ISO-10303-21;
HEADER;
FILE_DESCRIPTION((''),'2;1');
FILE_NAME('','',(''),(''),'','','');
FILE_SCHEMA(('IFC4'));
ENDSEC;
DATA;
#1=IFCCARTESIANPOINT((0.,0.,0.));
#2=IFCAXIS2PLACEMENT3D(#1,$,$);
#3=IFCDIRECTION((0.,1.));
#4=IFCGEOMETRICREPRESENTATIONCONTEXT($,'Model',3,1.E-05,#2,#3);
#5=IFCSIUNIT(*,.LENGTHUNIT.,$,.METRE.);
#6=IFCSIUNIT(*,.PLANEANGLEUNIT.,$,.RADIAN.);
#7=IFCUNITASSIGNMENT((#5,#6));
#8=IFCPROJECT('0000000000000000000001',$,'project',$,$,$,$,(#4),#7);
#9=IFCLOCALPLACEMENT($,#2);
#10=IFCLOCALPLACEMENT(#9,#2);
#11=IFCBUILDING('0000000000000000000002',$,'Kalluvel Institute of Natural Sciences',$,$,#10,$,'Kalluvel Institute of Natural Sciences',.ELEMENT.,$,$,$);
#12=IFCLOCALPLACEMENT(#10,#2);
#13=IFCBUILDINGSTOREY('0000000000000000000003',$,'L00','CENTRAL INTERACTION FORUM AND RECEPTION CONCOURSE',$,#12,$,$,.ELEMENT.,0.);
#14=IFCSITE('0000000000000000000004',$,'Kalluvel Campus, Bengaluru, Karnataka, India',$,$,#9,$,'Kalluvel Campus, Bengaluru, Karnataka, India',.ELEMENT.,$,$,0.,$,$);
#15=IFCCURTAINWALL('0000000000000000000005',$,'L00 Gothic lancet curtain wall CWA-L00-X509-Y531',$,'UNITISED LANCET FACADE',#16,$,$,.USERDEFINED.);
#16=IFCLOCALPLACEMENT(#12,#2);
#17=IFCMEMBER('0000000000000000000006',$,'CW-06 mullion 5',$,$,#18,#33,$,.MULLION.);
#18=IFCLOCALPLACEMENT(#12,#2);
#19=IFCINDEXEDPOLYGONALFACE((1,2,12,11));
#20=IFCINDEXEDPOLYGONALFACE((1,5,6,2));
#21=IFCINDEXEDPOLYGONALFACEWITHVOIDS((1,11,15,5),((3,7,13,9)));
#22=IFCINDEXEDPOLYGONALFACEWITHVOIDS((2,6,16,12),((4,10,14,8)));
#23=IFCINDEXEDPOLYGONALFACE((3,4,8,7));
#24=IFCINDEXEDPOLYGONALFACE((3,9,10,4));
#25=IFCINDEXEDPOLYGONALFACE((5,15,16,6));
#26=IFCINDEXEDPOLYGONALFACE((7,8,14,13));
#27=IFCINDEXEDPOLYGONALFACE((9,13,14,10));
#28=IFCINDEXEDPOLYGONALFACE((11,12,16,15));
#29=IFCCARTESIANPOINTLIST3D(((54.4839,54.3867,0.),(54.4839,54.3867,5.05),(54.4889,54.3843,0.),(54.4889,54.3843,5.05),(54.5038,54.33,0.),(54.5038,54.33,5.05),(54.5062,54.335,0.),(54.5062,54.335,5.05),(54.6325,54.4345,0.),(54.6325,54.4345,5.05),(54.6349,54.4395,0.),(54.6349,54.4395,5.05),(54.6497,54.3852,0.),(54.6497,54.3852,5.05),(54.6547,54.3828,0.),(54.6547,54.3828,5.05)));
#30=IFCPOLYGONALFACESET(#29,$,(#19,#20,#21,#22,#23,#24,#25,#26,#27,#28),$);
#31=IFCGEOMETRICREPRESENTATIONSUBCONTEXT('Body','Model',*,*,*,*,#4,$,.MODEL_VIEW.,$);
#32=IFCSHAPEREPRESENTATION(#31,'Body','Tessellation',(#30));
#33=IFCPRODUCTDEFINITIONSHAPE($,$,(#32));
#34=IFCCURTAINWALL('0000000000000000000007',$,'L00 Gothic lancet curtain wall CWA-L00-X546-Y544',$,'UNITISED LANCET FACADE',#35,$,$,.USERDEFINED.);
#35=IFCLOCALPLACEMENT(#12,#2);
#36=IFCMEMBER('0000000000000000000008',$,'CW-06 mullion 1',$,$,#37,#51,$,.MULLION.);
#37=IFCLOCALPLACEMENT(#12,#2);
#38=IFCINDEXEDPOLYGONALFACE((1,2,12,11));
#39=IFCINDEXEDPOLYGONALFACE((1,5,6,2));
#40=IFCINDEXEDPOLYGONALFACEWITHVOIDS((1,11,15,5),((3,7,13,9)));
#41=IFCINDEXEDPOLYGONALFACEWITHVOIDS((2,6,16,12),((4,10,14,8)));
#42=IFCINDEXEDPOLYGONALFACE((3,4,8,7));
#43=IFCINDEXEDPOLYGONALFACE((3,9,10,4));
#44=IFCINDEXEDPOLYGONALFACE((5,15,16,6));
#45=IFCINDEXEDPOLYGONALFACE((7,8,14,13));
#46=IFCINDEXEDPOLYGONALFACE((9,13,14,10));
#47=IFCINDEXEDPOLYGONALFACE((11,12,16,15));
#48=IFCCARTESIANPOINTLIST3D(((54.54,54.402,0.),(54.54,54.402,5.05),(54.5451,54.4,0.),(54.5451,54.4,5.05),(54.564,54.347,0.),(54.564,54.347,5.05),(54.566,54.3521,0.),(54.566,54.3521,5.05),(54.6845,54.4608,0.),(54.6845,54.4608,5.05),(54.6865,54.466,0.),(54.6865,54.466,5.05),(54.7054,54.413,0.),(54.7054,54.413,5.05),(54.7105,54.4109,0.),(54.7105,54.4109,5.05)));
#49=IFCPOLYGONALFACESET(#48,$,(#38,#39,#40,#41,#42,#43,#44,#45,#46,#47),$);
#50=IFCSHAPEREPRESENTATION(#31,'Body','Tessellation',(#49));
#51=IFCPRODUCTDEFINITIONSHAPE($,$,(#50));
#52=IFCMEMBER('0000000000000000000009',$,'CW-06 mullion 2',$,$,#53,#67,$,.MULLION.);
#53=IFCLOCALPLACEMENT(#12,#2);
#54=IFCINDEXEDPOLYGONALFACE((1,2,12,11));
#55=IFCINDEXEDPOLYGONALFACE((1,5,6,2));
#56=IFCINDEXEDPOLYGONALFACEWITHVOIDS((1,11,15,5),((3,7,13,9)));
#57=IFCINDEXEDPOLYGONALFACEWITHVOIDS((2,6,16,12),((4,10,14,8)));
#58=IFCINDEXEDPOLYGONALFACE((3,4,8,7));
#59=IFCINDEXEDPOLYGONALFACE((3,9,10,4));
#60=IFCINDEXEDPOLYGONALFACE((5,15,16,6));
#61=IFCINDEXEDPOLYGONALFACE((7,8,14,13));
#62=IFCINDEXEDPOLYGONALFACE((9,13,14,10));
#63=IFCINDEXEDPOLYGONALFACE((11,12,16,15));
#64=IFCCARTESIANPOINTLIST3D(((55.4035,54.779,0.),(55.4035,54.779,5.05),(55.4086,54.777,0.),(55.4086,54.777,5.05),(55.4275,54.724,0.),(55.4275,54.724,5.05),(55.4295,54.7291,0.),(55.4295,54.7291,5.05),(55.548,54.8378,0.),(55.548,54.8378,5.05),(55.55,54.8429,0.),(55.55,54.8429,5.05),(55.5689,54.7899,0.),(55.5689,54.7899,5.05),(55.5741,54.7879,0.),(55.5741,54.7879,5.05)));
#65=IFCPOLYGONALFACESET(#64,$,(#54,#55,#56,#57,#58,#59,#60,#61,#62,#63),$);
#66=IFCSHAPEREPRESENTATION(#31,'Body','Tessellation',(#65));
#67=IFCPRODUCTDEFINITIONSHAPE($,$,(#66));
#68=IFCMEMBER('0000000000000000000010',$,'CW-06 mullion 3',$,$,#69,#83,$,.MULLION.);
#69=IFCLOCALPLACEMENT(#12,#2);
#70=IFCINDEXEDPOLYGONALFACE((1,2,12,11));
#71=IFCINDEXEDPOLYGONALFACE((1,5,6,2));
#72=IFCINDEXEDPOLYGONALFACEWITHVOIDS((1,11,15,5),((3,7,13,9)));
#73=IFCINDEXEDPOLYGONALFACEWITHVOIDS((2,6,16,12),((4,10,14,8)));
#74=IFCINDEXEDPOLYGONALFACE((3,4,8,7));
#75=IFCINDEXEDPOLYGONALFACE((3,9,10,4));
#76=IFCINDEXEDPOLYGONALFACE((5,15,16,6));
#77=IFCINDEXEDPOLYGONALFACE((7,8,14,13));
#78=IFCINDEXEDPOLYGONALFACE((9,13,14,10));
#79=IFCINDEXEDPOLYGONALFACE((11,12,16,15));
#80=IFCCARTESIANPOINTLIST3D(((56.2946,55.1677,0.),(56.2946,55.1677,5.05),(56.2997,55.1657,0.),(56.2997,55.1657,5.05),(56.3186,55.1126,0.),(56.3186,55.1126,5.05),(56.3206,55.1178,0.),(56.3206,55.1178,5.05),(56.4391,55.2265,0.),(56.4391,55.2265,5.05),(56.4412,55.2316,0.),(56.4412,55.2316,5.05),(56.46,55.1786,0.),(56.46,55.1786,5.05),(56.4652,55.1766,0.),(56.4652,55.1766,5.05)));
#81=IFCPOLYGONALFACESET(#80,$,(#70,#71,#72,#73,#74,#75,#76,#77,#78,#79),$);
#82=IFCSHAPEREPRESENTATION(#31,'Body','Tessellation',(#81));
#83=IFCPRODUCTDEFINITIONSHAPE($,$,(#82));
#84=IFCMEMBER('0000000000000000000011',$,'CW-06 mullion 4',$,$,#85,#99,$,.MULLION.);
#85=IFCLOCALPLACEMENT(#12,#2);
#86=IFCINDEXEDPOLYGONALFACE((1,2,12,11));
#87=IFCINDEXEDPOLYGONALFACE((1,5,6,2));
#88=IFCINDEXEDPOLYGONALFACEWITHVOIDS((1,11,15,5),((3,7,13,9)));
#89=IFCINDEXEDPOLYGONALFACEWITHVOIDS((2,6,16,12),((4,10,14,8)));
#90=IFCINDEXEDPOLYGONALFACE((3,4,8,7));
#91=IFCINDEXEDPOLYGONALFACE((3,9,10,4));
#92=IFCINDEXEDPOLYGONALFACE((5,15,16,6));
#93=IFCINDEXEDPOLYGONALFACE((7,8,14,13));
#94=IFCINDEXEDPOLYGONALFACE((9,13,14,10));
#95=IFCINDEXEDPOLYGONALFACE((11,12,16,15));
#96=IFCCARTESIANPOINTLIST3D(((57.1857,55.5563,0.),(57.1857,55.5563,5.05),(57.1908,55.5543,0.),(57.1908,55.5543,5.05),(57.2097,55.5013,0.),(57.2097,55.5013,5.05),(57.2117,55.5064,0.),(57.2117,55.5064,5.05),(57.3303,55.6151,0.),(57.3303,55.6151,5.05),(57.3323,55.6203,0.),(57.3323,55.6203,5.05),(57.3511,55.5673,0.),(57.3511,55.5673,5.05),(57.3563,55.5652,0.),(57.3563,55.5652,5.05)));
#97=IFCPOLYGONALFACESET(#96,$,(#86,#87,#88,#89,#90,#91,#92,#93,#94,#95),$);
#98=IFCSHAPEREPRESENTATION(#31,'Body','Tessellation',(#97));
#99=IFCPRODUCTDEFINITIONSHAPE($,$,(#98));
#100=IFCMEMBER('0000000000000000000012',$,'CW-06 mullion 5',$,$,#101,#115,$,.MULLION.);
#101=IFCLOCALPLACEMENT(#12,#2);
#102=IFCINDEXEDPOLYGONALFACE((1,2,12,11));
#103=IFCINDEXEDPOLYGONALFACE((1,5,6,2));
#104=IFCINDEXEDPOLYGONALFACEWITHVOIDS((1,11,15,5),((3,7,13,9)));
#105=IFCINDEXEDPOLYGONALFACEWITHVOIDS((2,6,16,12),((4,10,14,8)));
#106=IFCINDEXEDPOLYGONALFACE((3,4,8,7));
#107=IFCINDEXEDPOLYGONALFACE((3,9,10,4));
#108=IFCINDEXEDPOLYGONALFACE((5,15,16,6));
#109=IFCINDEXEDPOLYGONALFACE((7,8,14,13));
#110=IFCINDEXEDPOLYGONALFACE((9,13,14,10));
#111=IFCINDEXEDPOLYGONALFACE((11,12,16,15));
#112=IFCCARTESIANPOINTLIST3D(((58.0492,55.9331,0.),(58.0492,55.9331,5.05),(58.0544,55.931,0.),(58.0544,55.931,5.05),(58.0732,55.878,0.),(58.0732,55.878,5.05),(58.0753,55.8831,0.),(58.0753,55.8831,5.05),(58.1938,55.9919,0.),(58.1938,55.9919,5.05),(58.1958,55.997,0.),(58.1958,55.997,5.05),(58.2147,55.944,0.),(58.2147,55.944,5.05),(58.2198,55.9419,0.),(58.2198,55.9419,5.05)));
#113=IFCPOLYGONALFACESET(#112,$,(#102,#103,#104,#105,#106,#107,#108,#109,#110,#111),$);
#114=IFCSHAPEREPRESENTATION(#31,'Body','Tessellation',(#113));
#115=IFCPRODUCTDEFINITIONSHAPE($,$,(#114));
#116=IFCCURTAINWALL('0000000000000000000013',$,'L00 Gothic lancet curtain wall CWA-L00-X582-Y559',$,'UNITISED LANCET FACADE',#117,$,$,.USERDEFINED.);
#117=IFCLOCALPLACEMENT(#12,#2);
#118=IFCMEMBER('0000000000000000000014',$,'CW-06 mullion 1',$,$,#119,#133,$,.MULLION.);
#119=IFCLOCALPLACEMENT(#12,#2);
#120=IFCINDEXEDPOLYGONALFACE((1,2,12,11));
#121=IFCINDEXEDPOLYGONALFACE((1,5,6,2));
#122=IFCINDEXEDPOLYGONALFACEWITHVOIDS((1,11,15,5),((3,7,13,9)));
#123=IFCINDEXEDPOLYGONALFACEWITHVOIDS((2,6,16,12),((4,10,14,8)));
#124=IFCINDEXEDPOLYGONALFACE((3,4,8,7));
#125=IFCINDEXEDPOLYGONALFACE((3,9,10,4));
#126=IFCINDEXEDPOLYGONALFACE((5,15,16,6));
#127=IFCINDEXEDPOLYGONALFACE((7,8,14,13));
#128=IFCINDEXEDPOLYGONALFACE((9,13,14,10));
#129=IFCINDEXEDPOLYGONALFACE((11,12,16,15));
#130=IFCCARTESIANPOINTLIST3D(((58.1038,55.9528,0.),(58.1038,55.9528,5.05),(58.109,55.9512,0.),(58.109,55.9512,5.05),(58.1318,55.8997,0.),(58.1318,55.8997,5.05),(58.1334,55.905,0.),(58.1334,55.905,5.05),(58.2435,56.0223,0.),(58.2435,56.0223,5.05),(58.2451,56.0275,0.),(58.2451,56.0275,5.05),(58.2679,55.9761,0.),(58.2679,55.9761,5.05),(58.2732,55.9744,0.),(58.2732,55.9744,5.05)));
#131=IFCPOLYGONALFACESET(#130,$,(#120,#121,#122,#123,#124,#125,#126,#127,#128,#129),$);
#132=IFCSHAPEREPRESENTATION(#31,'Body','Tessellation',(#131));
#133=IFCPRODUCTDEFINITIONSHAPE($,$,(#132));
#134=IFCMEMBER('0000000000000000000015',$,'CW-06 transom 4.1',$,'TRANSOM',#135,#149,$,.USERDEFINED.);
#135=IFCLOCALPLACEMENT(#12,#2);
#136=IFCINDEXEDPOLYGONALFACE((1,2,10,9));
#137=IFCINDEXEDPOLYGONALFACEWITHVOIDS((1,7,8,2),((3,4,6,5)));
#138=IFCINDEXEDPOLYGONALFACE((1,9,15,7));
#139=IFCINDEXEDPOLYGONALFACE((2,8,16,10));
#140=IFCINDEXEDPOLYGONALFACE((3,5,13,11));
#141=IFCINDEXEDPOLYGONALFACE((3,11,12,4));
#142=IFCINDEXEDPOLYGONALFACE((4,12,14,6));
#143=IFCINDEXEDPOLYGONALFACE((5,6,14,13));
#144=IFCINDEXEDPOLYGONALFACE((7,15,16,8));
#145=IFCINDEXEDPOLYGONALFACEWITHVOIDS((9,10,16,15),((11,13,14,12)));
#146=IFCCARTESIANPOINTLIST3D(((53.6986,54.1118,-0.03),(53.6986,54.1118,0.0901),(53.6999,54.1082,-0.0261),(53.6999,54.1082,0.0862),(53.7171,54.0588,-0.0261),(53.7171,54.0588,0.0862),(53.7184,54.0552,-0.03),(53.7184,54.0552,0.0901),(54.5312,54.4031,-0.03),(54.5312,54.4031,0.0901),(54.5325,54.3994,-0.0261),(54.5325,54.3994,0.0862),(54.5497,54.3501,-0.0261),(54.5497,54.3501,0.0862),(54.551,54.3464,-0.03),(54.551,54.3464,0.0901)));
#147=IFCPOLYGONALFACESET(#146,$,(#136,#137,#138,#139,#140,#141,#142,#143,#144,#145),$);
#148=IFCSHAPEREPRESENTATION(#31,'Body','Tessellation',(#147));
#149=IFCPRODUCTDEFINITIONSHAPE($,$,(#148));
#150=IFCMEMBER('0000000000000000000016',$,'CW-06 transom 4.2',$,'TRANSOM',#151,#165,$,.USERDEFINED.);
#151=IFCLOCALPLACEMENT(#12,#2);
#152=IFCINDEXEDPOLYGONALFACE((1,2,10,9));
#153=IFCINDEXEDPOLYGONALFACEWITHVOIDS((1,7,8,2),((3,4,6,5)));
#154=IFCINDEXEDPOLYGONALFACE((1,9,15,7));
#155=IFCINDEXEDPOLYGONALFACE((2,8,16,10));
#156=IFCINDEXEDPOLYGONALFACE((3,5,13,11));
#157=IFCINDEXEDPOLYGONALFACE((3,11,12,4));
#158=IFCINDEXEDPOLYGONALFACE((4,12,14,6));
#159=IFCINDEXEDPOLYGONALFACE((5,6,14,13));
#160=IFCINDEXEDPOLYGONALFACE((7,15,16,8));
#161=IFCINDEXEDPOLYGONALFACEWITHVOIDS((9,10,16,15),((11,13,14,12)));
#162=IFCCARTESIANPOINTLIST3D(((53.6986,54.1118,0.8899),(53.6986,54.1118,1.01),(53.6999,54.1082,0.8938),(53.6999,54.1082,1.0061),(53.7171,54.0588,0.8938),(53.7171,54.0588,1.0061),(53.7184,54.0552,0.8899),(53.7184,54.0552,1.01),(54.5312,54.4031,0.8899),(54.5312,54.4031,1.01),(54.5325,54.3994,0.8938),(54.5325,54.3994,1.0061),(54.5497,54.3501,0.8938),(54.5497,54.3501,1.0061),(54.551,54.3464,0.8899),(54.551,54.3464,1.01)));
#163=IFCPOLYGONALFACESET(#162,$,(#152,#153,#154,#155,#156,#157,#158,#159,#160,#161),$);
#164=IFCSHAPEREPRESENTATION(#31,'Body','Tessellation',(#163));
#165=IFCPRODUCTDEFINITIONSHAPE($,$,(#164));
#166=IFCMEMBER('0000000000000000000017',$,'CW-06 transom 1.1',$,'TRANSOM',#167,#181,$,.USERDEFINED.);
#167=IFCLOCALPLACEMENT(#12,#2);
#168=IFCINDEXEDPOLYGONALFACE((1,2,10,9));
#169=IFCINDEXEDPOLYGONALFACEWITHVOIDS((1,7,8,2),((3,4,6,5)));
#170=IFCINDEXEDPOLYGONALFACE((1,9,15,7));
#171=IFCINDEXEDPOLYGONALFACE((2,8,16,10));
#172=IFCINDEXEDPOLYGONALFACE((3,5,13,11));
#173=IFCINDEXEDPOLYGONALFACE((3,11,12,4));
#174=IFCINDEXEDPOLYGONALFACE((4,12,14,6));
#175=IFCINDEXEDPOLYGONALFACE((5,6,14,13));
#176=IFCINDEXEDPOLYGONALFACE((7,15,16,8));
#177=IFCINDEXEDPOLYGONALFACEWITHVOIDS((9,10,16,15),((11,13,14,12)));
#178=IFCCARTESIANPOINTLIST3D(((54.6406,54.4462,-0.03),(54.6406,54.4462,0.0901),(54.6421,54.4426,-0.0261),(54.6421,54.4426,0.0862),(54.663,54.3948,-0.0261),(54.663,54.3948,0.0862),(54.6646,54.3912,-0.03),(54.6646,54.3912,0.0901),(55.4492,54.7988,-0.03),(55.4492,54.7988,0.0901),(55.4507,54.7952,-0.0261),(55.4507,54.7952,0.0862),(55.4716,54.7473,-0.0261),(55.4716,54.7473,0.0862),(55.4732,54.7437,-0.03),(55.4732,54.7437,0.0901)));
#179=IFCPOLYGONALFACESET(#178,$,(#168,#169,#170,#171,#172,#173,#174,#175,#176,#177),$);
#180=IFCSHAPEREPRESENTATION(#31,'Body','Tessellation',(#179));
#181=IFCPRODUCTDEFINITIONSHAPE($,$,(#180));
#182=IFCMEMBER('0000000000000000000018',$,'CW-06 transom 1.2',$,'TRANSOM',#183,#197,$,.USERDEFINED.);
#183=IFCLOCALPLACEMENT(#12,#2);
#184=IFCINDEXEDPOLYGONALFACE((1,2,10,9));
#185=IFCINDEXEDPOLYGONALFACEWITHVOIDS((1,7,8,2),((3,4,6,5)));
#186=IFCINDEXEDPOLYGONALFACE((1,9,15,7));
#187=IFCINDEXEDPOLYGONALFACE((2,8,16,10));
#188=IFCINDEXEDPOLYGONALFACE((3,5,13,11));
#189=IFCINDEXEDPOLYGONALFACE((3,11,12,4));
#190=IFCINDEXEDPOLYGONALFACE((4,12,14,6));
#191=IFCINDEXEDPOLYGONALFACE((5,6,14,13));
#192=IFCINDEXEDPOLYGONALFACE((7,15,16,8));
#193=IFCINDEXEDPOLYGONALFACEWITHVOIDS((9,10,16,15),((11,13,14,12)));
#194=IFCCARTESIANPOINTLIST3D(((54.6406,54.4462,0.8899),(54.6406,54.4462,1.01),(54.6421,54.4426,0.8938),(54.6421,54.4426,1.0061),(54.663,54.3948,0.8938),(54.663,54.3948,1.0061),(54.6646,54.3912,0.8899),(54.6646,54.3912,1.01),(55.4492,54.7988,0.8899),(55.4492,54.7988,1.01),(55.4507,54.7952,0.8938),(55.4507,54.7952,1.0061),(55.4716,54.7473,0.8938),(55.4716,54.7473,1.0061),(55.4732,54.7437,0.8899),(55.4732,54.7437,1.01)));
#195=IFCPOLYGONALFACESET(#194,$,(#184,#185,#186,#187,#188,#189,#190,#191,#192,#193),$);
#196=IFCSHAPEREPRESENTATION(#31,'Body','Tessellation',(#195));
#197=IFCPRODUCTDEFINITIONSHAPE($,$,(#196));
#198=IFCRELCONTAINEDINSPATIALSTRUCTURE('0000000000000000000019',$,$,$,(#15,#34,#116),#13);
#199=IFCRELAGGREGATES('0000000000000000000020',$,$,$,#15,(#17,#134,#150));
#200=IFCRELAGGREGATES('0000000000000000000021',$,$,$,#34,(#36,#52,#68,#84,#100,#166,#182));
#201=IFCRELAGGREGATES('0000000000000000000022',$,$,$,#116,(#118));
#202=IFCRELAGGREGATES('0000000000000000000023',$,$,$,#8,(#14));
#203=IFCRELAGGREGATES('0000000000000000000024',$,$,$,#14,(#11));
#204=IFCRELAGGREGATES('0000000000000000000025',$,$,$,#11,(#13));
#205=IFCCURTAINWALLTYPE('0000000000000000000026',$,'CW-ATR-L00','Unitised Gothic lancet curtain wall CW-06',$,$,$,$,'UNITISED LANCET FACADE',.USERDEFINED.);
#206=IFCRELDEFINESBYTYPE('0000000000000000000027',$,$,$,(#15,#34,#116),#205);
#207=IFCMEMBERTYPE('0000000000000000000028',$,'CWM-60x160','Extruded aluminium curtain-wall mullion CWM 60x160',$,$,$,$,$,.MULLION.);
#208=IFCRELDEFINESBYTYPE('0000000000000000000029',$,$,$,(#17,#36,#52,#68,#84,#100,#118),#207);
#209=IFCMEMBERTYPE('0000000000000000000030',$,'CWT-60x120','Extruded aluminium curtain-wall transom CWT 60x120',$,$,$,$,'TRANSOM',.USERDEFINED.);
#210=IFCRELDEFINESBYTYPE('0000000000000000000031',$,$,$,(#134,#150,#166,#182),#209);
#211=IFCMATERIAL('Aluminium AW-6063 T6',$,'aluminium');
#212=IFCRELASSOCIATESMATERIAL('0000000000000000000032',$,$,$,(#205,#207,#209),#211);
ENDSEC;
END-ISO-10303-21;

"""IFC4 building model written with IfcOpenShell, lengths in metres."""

from ifc_helpers import new_model, si_unit, direction, frame, origin, origin_2d, place, context, subcontext, project, spatial, hollow_rectangle, extrude, material, material_profile, profile_set, type_object, element, aggregate, save


model = new_model("IFC4")

# Units and contexts
model_context = context("Model", 3, precision=1e-05, world=origin(), true_north=direction((0.0, 1.0)))
body_context = subcontext(model_context, "Body", "Model", "MODEL_VIEW")
ifc_project = project(units=[si_unit("LENGTHUNIT", "METRE"), si_unit("PLANEANGLEUNIT", "RADIAN")], contexts=[model_context])

# Site, building, storey
site_placement = place(None, origin())
site = spatial("IfcSite", under=ifc_project, at=site_placement, Name="Kalluvel Campus, Bengaluru, Karnataka, India", LongName="Kalluvel Campus, Bengaluru, Karnataka, India", CompositionType="ELEMENT", RefElevation=0.0)
building_placement = place(site_placement, origin())
building = spatial("IfcBuilding", under=site, at=building_placement, Name="Kalluvel Institute of Natural Sciences", LongName="Kalluvel Institute of Natural Sciences", CompositionType="ELEMENT")
storey_placement = place(building_placement, origin())
storey = spatial("IfcBuildingStorey", under=building, at=storey_placement, Name="L00", Description="CENTRAL INTERACTION FORUM AND RECEPTION CONCOURSE", CompositionType="ELEMENT", Elevation=0.0)

# Curtain wall, member
ifc_material_1 = material(Name="Aluminium AW-6063 T6", Category="aluminium")
curtain_wall_type = type_object("IfcCurtainWallType", Name="CW-ATR-L00", Description="Unitised Gothic lancet curtain wall CW-06", ElementType="UNITISED LANCET FACADE", PredefinedType="USERDEFINED", material=ifc_material_1)
curtain_wall_1_placement = place(storey_placement, origin())
curtain_wall_1 = element("IfcCurtainWall", 1, at=curtain_wall_1_placement, inside=storey, type_object=curtain_wall_type, Name="L00 Gothic lancet curtain wall CWA-L00-X509-Y531", ObjectType="UNITISED LANCET FACADE", PredefinedType="USERDEFINED")
ifc_material_profile_1 = material_profile(ifc_material_1, hollow_rectangle(XDim=0.0601, YDim=0.1599, WallThickness=0.0039, at=origin_2d()), Name="CWM 60x160")
ifc_profile_set_1 = profile_set([ifc_material_profile_1], Name="Aluminium AW-6063 T6")
member_type_1 = type_object("IfcMemberType", Name="CWM-60x160", Description="Extruded aluminium curtain-wall mullion CWM 60x160", PredefinedType="MULLION", material=ifc_profile_set_1)
member_1_placement = place(storey_placement, frame((54.5693, 54.3848, 0.0), z_axis=(0.0, 0.0, 1.0), x_axis=(-0.330295, 0.943878, 0.0)))
member_1 = element("IfcMember", 2, at=member_1_placement, type_object=member_type_1, Name="CW-06 mullion 5", PredefinedType="MULLION", context=body_context, shape_type="SweptSolid", body=[
    extrude(hollow_rectangle(XDim=0.0601, YDim=0.1599, WallThickness=0.0039, at=origin_2d()), origin(), (0.0, 0.0, 1.0), 5.05),
])

# Curtain wall, members
curtain_wall_2_placement = place(storey_placement, origin())
curtain_wall_2 = element("IfcCurtainWall", 3, at=curtain_wall_2_placement, inside=storey, type_object=curtain_wall_type, Name="L00 Gothic lancet curtain wall CWA-L00-X546-Y544", ObjectType="UNITISED LANCET FACADE", PredefinedType="USERDEFINED")
member_2_placement = place(storey_placement, frame((54.6252, 54.4065, 0.0), z_axis=(0.0, 0.0, 1.0), x_axis=(-0.399873, 0.916571, 0.0)))
member_2 = element("IfcMember", 4, at=member_2_placement, type_object=member_type_1, Name="CW-06 mullion 1", PredefinedType="MULLION", context=body_context, shape_type="SweptSolid", body=[
    extrude(hollow_rectangle(XDim=0.0601, YDim=0.1599, WallThickness=0.0039, at=origin_2d()), origin(), (0.0, 0.0, 1.0), 5.05),
])
member_3_placement = place(storey_placement, frame((55.4888, 54.7834, 0.0), z_axis=(0.0, 0.0, 1.0), x_axis=(-0.399873, 0.916571, 0.0)))
member_3 = element("IfcMember", 5, at=member_3_placement, type_object=member_type_1, Name="CW-06 mullion 2", PredefinedType="MULLION", context=body_context, shape_type="SweptSolid", body=[
    extrude(hollow_rectangle(XDim=0.0601, YDim=0.1599, WallThickness=0.0039, at=origin_2d()), origin(), (0.0, 0.0, 1.0), 5.05),
])
member_4_placement = place(storey_placement, frame((56.3799, 55.1721, 0.0), z_axis=(0.0, 0.0, 1.0), x_axis=(-0.399873, 0.916571, 0.0)))
member_4 = element("IfcMember", 6, at=member_4_placement, type_object=member_type_1, Name="CW-06 mullion 3", PredefinedType="MULLION", context=body_context, shape_type="SweptSolid", body=[
    extrude(hollow_rectangle(XDim=0.0601, YDim=0.1599, WallThickness=0.0039, at=origin_2d()), origin(), (0.0, 0.0, 1.0), 5.05),
])
member_5_placement = place(storey_placement, frame((57.271, 55.5608, 0.0), z_axis=(0.0, 0.0, 1.0), x_axis=(-0.399873, 0.916571, 0.0)))
member_5 = element("IfcMember", 7, at=member_5_placement, type_object=member_type_1, Name="CW-06 mullion 4", PredefinedType="MULLION", context=body_context, shape_type="SweptSolid", body=[
    extrude(hollow_rectangle(XDim=0.0601, YDim=0.1599, WallThickness=0.0039, at=origin_2d()), origin(), (0.0, 0.0, 1.0), 5.05),
])
member_6_placement = place(storey_placement, frame((58.1345, 55.9375, 0.0), z_axis=(0.0, 0.0, 1.0), x_axis=(-0.399873, 0.916571, 0.0)))
member_6 = element("IfcMember", 8, at=member_6_placement, type_object=member_type_1, Name="CW-06 mullion 5", PredefinedType="MULLION", context=body_context, shape_type="SweptSolid", body=[
    extrude(hollow_rectangle(XDim=0.0601, YDim=0.1599, WallThickness=0.0039, at=origin_2d()), origin(), (0.0, 0.0, 1.0), 5.05),
])

# Curtain wall, member
curtain_wall_3_placement = place(storey_placement, origin())
curtain_wall_3 = element("IfcCurtainWall", 9, at=curtain_wall_3_placement, inside=storey, type_object=curtain_wall_type, Name="L00 Gothic lancet curtain wall CWA-L00-X582-Y559", ObjectType="UNITISED LANCET FACADE", PredefinedType="USERDEFINED")
member_7_placement = place(storey_placement, frame((58.1885, 55.9636, 0.0), z_axis=(0.0, 0.0, 1.0), x_axis=(-0.467281, 0.884109, 0.0)))
member_7 = element("IfcMember", 10, at=member_7_placement, type_object=member_type_1, Name="CW-06 mullion 1", PredefinedType="MULLION", context=body_context, shape_type="SweptSolid", body=[
    extrude(hollow_rectangle(XDim=0.0601, YDim=0.1599, WallThickness=0.0039, at=origin_2d()), origin(), (0.0, 0.0, 1.0), 5.05),
])

# Members
ifc_material_profile_2 = material_profile(ifc_material_1, hollow_rectangle(XDim=0.0601, YDim=0.1201, WallThickness=0.0039, at=origin_2d()), Name="CWT 60x120")
ifc_profile_set_2 = profile_set([ifc_material_profile_2], Name="Aluminium AW-6063 T6")
member_type_2 = type_object("IfcMemberType", Name="CWT-60x120", Description="Extruded aluminium curtain-wall transom CWT 60x120", ElementType="TRANSOM", PredefinedType="USERDEFINED", material=ifc_profile_set_2)
member_8_placement = place(storey_placement, frame((53.7085, 54.0835, 0.03), z_axis=(0.943902, 0.330227, 0.0), x_axis=(-0.330227, 0.943902, 0.0)))
member_8 = element("IfcMember", 11, at=member_8_placement, type_object=member_type_2, Name="CW-06 transom 4.1", ObjectType="TRANSOM", PredefinedType="USERDEFINED", context=body_context, shape_type="SweptSolid", body=[
    extrude(hollow_rectangle(XDim=0.0601, YDim=0.1201, WallThickness=0.0039, at=origin_2d()), origin(), (0.0, 0.0, 1.0), 0.8821),
])
member_9_placement = place(storey_placement, frame((53.7085, 54.0835, 0.95), z_axis=(0.943902, 0.330227, 0.0), x_axis=(-0.330227, 0.943902, 0.0)))
member_9 = element("IfcMember", 12, at=member_9_placement, type_object=member_type_2, Name="CW-06 transom 4.2", ObjectType="TRANSOM", PredefinedType="USERDEFINED", context=body_context, shape_type="SweptSolid", body=[
    extrude(hollow_rectangle(XDim=0.0601, YDim=0.1201, WallThickness=0.0039, at=origin_2d()), origin(), (0.0, 0.0, 1.0), 0.8821),
])
member_10_placement = place(storey_placement, frame((54.6526, 54.4187, 0.03), z_axis=(0.916665, 0.399657, 0.0), x_axis=(-0.399657, 0.916665, 0.0)))
member_10 = element("IfcMember", 13, at=member_10_placement, type_object=member_type_2, Name="CW-06 transom 1.1", ObjectType="TRANSOM", PredefinedType="USERDEFINED", context=body_context, shape_type="SweptSolid", body=[
    extrude(hollow_rectangle(XDim=0.0601, YDim=0.1201, WallThickness=0.0039, at=origin_2d()), origin(), (0.0, 0.0, 1.0), 0.8821),
])
member_11_placement = place(storey_placement, frame((54.6526, 54.4187, 0.95), z_axis=(0.916665, 0.399657, 0.0), x_axis=(-0.399657, 0.916665, 0.0)))
member_11 = element("IfcMember", 14, at=member_11_placement, type_object=member_type_2, Name="CW-06 transom 1.2", ObjectType="TRANSOM", PredefinedType="USERDEFINED", context=body_context, shape_type="SweptSolid", body=[
    extrude(hollow_rectangle(XDim=0.0601, YDim=0.1201, WallThickness=0.0039, at=origin_2d()), origin(), (0.0, 0.0, 1.0), 0.8821),
])

aggregate(curtain_wall_1, [member_1, member_8, member_9])
aggregate(curtain_wall_2, [member_2, member_3, member_4, member_5, member_6, member_10, member_11])
aggregate(curtain_wall_3, [member_7])

save(model, "model.ifc")
